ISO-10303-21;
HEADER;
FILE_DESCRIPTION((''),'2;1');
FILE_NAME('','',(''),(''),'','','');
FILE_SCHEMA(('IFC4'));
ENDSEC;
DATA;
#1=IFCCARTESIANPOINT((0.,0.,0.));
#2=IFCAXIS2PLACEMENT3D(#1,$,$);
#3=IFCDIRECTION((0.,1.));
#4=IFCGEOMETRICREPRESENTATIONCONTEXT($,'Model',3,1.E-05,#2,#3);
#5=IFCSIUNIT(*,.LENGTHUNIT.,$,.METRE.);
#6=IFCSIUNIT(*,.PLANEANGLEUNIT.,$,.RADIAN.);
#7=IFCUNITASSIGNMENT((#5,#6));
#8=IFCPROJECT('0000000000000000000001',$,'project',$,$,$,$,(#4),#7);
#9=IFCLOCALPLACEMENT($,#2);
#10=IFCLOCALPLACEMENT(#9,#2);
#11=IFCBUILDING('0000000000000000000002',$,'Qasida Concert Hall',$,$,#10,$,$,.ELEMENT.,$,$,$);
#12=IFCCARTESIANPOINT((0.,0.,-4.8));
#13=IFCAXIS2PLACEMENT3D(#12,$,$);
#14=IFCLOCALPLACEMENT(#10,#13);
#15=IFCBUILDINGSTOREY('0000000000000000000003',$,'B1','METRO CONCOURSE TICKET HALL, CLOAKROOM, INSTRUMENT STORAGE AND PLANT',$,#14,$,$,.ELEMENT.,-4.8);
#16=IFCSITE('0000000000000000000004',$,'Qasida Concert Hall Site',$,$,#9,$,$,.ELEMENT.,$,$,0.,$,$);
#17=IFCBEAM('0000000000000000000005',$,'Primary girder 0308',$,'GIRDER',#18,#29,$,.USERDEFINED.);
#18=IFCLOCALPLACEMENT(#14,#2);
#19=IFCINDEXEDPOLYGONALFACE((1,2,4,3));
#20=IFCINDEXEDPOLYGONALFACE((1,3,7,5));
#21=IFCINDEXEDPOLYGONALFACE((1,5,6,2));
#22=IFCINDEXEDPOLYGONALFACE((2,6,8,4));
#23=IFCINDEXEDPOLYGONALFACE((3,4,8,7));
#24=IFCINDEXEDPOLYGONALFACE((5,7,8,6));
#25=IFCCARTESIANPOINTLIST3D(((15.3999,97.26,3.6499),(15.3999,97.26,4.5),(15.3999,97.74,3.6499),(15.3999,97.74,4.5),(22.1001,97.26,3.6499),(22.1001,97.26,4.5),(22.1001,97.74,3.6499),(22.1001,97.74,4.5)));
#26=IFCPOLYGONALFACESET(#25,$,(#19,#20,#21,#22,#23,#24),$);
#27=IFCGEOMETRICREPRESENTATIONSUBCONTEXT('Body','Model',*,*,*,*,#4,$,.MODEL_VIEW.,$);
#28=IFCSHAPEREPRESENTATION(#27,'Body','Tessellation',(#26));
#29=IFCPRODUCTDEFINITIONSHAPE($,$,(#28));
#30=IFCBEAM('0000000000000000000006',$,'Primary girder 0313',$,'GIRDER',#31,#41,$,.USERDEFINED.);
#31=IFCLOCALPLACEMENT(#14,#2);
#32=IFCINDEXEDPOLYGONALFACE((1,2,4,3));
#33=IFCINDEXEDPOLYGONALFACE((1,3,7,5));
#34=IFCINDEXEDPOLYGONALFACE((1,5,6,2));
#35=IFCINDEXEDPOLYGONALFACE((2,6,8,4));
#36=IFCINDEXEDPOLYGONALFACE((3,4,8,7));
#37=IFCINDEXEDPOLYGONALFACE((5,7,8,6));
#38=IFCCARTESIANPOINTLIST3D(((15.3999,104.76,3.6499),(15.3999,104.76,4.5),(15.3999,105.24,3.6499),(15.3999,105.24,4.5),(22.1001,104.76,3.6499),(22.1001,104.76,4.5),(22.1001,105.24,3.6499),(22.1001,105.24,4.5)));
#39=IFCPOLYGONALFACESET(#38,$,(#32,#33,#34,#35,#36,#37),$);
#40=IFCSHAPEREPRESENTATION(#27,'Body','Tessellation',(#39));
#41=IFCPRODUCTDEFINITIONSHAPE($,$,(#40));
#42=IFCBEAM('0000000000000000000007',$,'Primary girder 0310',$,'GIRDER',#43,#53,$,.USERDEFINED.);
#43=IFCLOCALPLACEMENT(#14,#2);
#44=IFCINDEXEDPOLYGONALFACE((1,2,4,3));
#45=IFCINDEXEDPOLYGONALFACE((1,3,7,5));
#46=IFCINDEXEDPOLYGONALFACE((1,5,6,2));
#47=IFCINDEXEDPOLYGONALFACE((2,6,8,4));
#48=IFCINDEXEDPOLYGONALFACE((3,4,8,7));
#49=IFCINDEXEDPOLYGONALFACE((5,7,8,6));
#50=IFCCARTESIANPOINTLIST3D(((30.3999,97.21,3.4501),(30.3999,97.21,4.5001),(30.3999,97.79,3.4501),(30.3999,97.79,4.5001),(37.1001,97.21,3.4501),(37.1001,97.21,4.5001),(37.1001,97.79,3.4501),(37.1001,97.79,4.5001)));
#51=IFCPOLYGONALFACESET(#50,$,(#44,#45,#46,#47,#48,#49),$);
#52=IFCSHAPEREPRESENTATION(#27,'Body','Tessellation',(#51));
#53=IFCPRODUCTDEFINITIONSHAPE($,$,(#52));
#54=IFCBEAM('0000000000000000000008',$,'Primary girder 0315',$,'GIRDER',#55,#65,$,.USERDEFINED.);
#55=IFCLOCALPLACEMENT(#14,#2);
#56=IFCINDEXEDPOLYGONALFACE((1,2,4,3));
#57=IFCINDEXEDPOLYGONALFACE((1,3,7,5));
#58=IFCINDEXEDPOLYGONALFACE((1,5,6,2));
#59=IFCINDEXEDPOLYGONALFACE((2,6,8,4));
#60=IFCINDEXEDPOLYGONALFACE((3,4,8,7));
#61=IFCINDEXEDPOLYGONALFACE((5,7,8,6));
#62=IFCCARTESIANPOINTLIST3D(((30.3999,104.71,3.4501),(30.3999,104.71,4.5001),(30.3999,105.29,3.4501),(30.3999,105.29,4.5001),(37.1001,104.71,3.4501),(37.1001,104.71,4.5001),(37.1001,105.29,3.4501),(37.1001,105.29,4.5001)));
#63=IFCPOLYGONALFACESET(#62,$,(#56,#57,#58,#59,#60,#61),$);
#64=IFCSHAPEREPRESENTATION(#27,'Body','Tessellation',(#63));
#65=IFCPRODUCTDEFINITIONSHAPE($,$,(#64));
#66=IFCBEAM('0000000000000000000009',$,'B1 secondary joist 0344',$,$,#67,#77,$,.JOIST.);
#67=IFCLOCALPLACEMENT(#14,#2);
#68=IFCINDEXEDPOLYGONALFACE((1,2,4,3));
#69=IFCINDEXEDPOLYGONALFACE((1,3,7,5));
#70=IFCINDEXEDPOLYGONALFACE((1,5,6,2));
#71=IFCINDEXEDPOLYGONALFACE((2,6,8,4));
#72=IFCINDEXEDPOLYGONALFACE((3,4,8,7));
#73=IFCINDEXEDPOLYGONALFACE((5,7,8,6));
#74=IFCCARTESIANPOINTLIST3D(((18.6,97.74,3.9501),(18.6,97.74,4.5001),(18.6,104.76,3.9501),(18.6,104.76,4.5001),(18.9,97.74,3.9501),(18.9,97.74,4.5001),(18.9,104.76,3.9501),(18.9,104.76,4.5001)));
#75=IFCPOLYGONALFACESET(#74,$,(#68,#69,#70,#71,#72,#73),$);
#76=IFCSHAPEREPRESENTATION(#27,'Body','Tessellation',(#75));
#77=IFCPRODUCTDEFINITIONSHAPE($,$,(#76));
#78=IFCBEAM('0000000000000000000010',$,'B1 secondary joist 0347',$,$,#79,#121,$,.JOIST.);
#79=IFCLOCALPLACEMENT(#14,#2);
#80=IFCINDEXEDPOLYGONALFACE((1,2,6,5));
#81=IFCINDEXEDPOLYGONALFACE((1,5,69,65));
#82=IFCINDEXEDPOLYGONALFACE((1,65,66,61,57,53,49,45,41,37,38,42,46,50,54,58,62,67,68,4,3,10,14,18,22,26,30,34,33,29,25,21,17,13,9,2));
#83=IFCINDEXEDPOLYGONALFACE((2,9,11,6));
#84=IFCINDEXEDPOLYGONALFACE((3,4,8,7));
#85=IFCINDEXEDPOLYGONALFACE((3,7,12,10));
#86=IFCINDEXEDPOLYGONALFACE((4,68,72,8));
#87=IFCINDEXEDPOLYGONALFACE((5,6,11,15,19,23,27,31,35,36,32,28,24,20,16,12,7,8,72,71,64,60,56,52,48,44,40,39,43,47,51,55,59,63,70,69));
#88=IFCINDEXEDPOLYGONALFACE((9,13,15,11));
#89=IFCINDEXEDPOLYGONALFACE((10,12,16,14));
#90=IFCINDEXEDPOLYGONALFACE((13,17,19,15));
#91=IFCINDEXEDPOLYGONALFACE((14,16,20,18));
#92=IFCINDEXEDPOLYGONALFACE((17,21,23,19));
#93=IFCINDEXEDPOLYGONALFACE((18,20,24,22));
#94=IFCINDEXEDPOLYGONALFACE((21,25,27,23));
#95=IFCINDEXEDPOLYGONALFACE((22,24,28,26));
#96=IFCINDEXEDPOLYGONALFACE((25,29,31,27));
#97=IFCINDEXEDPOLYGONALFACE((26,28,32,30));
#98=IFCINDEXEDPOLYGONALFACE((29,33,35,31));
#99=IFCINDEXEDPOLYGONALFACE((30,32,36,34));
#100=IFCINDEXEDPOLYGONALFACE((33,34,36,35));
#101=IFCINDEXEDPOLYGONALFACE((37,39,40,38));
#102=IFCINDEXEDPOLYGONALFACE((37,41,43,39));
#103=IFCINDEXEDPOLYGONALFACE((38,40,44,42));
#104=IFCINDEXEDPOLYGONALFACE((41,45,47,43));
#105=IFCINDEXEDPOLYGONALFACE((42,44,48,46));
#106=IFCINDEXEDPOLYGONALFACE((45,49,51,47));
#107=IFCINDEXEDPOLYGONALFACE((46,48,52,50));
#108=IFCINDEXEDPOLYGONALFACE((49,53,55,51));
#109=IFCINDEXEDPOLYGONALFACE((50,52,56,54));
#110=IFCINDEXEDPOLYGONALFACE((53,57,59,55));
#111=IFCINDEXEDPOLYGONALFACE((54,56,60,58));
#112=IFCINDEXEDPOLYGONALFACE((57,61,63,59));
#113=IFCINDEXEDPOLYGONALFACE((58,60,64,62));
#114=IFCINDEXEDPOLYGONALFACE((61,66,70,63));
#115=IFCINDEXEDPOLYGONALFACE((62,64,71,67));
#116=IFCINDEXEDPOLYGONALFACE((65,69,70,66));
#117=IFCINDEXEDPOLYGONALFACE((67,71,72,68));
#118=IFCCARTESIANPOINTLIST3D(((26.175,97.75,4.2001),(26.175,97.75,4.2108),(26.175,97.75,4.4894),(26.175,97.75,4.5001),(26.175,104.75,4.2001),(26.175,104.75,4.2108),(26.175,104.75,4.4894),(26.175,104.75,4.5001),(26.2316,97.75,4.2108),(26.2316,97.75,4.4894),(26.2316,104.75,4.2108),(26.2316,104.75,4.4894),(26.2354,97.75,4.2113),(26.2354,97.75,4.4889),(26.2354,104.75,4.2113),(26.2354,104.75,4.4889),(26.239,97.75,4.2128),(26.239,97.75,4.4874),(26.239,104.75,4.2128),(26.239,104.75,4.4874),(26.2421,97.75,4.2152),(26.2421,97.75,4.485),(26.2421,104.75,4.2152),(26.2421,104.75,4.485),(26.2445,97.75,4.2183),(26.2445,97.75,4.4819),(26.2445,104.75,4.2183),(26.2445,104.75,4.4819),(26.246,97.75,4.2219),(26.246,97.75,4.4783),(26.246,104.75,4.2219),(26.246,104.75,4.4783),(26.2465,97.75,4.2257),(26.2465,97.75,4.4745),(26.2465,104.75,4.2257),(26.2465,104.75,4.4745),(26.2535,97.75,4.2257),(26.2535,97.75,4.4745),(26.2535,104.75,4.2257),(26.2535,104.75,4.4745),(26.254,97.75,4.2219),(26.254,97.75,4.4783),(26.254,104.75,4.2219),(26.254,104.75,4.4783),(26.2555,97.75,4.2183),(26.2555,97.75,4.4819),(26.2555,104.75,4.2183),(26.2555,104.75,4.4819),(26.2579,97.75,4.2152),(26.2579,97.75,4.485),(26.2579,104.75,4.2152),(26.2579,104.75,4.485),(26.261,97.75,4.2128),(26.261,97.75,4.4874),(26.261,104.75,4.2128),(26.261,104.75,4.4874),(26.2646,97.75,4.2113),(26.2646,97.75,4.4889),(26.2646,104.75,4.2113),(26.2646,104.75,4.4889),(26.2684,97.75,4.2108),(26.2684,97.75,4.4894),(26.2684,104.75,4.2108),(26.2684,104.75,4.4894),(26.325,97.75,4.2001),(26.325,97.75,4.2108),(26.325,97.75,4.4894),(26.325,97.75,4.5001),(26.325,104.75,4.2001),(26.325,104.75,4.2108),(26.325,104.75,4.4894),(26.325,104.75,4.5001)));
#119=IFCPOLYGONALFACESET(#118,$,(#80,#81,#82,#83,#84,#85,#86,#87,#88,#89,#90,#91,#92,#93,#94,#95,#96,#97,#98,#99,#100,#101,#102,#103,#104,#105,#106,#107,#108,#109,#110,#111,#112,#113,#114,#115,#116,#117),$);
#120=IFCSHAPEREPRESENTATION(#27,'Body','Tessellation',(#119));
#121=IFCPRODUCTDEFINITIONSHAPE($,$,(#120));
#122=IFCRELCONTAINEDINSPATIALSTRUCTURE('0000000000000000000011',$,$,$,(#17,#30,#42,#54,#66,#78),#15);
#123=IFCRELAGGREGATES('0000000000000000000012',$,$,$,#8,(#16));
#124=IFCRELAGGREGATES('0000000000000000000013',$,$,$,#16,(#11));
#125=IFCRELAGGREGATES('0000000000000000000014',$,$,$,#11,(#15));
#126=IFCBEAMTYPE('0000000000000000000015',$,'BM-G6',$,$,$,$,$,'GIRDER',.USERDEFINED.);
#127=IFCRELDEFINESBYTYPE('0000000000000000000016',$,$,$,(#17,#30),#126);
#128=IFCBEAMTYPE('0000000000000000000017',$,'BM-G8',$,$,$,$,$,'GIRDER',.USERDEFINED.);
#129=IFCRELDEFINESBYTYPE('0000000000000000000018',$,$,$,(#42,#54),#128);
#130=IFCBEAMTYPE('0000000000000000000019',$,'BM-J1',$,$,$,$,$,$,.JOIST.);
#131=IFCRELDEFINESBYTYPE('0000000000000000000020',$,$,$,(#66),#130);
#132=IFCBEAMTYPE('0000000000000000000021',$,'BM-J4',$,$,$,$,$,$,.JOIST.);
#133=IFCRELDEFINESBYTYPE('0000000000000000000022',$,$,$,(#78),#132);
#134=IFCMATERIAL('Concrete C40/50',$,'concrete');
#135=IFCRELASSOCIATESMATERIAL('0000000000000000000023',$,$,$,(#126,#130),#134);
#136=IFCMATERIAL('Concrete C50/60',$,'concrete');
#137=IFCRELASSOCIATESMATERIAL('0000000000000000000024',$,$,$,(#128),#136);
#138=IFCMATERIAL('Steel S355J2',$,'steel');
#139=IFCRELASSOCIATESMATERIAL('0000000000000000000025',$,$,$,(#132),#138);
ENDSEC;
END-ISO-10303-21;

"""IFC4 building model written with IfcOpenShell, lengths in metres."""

from ifc_helpers import new_model, si_unit, direction, frame, origin, origin_2d, place, context, subcontext, project, spatial, rectangle, i_section, extrude, material, material_profile, profile_set, type_object, element, save


model = new_model("IFC4")

# Units and contexts
model_context = context("Model", 3, precision=1e-05, world=origin(), true_north=direction((0.0, 1.0)))
body_context = subcontext(model_context, "Body", "Model", "MODEL_VIEW")
ifc_project = project(units=[si_unit("LENGTHUNIT", "METRE"), si_unit("PLANEANGLEUNIT", "RADIAN")], contexts=[model_context])

# Site, building, storey
site_placement = place(None, origin())
site = spatial("IfcSite", under=ifc_project, at=site_placement, Name="Qasida Concert Hall Site", CompositionType="ELEMENT", RefElevation=0.0)
building_placement = place(site_placement, origin())
building = spatial("IfcBuilding", under=site, at=building_placement, Name="Qasida Concert Hall", CompositionType="ELEMENT")
storey_placement = place(building_placement, frame((0.0, 0.0, -4.8)))
storey = spatial("IfcBuildingStorey", under=building, at=storey_placement, Name="B1", Description="METRO CONCOURSE TICKET HALL, CLOAKROOM, INSTRUMENT STORAGE AND PLANT", CompositionType="ELEMENT", Elevation=-4.8)

# Shared definitions
ifc_material_1 = material(Name="Concrete C40/50", Category="concrete")

# Shared definitions
ifc_material_2 = material(Name="Concrete C50/60", Category="concrete")

# Beams
ifc_material_3 = material(Name="Steel S355J2", Category="steel")
ifc_material_profile_1 = material_profile(ifc_material_1, rectangle(XDim=0.48, YDim=0.8501, at=origin_2d()), Name="RC 480x850")
ifc_profile_set_1 = profile_set([ifc_material_profile_1], Name="Concrete C40/50")
beam_type_1 = type_object("IfcBeamType", Name="BM-G6", ElementType="GIRDER", PredefinedType="USERDEFINED", material=ifc_profile_set_1)
for number, where, z_axis, x_axis, name in (
    (1, (15.3999, 97.5, 4.075), (1.0, 0.0, 0.0), (0.0, 1.0, 0.0), "Primary girder 0308"),
    (2, (15.3999, 105.0, 4.075), (1.0, 0.0, 0.0), (0.0, 1.0, 0.0), "Primary girder 0313"),
):
    element("IfcBeam", number, at=place(storey_placement, frame(where, z_axis=z_axis, x_axis=x_axis)), inside=storey, type_object=beam_type_1, Name=name, ObjectType="GIRDER", PredefinedType="USERDEFINED", context=body_context, shape_type="SweptSolid", body=[
        extrude(rectangle(XDim=0.48, YDim=0.8501, at=origin_2d()), origin(), (0.0, 0.0, 1.0), 6.7002),
    ])
ifc_material_profile_2 = material_profile(ifc_material_2, rectangle(XDim=0.5801, YDim=1.05, at=origin_2d()), Name="RC 580x1050")
ifc_profile_set_2 = profile_set([ifc_material_profile_2], Name="Concrete C50/60")
beam_type_2 = type_object("IfcBeamType", Name="BM-G8", ElementType="GIRDER", PredefinedType="USERDEFINED", material=ifc_profile_set_2)
for number, where, z_axis, x_axis, name in (
    (3, (30.3999, 97.5, 3.9751), (1.0, 0.0, 0.0), (0.0, 1.0, 0.0), "Primary girder 0310"),
    (4, (30.3999, 105.0, 3.9751), (1.0, 0.0, 0.0), (0.0, 1.0, 0.0), "Primary girder 0315"),
):
    element("IfcBeam", number, at=place(storey_placement, frame(where, z_axis=z_axis, x_axis=x_axis)), inside=storey, type_object=beam_type_2, Name=name, ObjectType="GIRDER", PredefinedType="USERDEFINED", context=body_context, shape_type="SweptSolid", body=[
        extrude(rectangle(XDim=0.5801, YDim=1.05, at=origin_2d()), origin(), (0.0, 0.0, 1.0), 6.7002),
    ])
ifc_material_profile_3 = material_profile(ifc_material_1, rectangle(XDim=0.3, YDim=0.55, at=origin_2d()), Name="RC 300x550")
ifc_profile_set_3 = profile_set([ifc_material_profile_3], Name="Concrete C40/50")
beam_type_3 = type_object("IfcBeamType", Name="BM-J1", PredefinedType="JOIST", material=ifc_profile_set_3)
beam_1_placement = place(storey_placement, frame((18.75, 97.74, 4.2251), z_axis=(0.0, 1.0, 0.0), x_axis=(-1.0, 0.0, 0.0)))
element("IfcBeam", 5, at=beam_1_placement, inside=storey, type_object=beam_type_3, Name="B1 secondary joist 0344", PredefinedType="JOIST", context=body_context, shape_type="SweptSolid", body=[
    extrude(rectangle(XDim=0.3, YDim=0.55, at=origin_2d()), origin(), (0.0, 0.0, 1.0), 7.02),
])
ifc_material_profile_4 = material_profile(ifc_material_3, i_section(OverallWidth=0.1499, OverallDepth=0.3, WebThickness=0.0071, FlangeThickness=0.0107, FilletRadius=0.0149, at=origin_2d()), Name="IPE 300")
ifc_profile_set_4 = profile_set([ifc_material_profile_4], Name="Steel S355J2")
beam_type_4 = type_object("IfcBeamType", Name="BM-J4", PredefinedType="JOIST", material=ifc_profile_set_4)
beam_2_placement = place(storey_placement, frame((26.25, 97.75, 4.3501), z_axis=(0.0, 1.0, 0.0), x_axis=(-1.0, 0.0, 0.0)))
element("IfcBeam", 6, at=beam_2_placement, inside=storey, type_object=beam_type_4, Name="B1 secondary joist 0347", PredefinedType="JOIST", context=body_context, shape_type="SweptSolid", body=[
    extrude(i_section(OverallWidth=0.1499, OverallDepth=0.3, WebThickness=0.0071, FlangeThickness=0.0107, FilletRadius=0.0149, at=origin_2d()), origin(), (0.0, 0.0, 1.0), 7.0),
])

save(model, "model.ifc")
